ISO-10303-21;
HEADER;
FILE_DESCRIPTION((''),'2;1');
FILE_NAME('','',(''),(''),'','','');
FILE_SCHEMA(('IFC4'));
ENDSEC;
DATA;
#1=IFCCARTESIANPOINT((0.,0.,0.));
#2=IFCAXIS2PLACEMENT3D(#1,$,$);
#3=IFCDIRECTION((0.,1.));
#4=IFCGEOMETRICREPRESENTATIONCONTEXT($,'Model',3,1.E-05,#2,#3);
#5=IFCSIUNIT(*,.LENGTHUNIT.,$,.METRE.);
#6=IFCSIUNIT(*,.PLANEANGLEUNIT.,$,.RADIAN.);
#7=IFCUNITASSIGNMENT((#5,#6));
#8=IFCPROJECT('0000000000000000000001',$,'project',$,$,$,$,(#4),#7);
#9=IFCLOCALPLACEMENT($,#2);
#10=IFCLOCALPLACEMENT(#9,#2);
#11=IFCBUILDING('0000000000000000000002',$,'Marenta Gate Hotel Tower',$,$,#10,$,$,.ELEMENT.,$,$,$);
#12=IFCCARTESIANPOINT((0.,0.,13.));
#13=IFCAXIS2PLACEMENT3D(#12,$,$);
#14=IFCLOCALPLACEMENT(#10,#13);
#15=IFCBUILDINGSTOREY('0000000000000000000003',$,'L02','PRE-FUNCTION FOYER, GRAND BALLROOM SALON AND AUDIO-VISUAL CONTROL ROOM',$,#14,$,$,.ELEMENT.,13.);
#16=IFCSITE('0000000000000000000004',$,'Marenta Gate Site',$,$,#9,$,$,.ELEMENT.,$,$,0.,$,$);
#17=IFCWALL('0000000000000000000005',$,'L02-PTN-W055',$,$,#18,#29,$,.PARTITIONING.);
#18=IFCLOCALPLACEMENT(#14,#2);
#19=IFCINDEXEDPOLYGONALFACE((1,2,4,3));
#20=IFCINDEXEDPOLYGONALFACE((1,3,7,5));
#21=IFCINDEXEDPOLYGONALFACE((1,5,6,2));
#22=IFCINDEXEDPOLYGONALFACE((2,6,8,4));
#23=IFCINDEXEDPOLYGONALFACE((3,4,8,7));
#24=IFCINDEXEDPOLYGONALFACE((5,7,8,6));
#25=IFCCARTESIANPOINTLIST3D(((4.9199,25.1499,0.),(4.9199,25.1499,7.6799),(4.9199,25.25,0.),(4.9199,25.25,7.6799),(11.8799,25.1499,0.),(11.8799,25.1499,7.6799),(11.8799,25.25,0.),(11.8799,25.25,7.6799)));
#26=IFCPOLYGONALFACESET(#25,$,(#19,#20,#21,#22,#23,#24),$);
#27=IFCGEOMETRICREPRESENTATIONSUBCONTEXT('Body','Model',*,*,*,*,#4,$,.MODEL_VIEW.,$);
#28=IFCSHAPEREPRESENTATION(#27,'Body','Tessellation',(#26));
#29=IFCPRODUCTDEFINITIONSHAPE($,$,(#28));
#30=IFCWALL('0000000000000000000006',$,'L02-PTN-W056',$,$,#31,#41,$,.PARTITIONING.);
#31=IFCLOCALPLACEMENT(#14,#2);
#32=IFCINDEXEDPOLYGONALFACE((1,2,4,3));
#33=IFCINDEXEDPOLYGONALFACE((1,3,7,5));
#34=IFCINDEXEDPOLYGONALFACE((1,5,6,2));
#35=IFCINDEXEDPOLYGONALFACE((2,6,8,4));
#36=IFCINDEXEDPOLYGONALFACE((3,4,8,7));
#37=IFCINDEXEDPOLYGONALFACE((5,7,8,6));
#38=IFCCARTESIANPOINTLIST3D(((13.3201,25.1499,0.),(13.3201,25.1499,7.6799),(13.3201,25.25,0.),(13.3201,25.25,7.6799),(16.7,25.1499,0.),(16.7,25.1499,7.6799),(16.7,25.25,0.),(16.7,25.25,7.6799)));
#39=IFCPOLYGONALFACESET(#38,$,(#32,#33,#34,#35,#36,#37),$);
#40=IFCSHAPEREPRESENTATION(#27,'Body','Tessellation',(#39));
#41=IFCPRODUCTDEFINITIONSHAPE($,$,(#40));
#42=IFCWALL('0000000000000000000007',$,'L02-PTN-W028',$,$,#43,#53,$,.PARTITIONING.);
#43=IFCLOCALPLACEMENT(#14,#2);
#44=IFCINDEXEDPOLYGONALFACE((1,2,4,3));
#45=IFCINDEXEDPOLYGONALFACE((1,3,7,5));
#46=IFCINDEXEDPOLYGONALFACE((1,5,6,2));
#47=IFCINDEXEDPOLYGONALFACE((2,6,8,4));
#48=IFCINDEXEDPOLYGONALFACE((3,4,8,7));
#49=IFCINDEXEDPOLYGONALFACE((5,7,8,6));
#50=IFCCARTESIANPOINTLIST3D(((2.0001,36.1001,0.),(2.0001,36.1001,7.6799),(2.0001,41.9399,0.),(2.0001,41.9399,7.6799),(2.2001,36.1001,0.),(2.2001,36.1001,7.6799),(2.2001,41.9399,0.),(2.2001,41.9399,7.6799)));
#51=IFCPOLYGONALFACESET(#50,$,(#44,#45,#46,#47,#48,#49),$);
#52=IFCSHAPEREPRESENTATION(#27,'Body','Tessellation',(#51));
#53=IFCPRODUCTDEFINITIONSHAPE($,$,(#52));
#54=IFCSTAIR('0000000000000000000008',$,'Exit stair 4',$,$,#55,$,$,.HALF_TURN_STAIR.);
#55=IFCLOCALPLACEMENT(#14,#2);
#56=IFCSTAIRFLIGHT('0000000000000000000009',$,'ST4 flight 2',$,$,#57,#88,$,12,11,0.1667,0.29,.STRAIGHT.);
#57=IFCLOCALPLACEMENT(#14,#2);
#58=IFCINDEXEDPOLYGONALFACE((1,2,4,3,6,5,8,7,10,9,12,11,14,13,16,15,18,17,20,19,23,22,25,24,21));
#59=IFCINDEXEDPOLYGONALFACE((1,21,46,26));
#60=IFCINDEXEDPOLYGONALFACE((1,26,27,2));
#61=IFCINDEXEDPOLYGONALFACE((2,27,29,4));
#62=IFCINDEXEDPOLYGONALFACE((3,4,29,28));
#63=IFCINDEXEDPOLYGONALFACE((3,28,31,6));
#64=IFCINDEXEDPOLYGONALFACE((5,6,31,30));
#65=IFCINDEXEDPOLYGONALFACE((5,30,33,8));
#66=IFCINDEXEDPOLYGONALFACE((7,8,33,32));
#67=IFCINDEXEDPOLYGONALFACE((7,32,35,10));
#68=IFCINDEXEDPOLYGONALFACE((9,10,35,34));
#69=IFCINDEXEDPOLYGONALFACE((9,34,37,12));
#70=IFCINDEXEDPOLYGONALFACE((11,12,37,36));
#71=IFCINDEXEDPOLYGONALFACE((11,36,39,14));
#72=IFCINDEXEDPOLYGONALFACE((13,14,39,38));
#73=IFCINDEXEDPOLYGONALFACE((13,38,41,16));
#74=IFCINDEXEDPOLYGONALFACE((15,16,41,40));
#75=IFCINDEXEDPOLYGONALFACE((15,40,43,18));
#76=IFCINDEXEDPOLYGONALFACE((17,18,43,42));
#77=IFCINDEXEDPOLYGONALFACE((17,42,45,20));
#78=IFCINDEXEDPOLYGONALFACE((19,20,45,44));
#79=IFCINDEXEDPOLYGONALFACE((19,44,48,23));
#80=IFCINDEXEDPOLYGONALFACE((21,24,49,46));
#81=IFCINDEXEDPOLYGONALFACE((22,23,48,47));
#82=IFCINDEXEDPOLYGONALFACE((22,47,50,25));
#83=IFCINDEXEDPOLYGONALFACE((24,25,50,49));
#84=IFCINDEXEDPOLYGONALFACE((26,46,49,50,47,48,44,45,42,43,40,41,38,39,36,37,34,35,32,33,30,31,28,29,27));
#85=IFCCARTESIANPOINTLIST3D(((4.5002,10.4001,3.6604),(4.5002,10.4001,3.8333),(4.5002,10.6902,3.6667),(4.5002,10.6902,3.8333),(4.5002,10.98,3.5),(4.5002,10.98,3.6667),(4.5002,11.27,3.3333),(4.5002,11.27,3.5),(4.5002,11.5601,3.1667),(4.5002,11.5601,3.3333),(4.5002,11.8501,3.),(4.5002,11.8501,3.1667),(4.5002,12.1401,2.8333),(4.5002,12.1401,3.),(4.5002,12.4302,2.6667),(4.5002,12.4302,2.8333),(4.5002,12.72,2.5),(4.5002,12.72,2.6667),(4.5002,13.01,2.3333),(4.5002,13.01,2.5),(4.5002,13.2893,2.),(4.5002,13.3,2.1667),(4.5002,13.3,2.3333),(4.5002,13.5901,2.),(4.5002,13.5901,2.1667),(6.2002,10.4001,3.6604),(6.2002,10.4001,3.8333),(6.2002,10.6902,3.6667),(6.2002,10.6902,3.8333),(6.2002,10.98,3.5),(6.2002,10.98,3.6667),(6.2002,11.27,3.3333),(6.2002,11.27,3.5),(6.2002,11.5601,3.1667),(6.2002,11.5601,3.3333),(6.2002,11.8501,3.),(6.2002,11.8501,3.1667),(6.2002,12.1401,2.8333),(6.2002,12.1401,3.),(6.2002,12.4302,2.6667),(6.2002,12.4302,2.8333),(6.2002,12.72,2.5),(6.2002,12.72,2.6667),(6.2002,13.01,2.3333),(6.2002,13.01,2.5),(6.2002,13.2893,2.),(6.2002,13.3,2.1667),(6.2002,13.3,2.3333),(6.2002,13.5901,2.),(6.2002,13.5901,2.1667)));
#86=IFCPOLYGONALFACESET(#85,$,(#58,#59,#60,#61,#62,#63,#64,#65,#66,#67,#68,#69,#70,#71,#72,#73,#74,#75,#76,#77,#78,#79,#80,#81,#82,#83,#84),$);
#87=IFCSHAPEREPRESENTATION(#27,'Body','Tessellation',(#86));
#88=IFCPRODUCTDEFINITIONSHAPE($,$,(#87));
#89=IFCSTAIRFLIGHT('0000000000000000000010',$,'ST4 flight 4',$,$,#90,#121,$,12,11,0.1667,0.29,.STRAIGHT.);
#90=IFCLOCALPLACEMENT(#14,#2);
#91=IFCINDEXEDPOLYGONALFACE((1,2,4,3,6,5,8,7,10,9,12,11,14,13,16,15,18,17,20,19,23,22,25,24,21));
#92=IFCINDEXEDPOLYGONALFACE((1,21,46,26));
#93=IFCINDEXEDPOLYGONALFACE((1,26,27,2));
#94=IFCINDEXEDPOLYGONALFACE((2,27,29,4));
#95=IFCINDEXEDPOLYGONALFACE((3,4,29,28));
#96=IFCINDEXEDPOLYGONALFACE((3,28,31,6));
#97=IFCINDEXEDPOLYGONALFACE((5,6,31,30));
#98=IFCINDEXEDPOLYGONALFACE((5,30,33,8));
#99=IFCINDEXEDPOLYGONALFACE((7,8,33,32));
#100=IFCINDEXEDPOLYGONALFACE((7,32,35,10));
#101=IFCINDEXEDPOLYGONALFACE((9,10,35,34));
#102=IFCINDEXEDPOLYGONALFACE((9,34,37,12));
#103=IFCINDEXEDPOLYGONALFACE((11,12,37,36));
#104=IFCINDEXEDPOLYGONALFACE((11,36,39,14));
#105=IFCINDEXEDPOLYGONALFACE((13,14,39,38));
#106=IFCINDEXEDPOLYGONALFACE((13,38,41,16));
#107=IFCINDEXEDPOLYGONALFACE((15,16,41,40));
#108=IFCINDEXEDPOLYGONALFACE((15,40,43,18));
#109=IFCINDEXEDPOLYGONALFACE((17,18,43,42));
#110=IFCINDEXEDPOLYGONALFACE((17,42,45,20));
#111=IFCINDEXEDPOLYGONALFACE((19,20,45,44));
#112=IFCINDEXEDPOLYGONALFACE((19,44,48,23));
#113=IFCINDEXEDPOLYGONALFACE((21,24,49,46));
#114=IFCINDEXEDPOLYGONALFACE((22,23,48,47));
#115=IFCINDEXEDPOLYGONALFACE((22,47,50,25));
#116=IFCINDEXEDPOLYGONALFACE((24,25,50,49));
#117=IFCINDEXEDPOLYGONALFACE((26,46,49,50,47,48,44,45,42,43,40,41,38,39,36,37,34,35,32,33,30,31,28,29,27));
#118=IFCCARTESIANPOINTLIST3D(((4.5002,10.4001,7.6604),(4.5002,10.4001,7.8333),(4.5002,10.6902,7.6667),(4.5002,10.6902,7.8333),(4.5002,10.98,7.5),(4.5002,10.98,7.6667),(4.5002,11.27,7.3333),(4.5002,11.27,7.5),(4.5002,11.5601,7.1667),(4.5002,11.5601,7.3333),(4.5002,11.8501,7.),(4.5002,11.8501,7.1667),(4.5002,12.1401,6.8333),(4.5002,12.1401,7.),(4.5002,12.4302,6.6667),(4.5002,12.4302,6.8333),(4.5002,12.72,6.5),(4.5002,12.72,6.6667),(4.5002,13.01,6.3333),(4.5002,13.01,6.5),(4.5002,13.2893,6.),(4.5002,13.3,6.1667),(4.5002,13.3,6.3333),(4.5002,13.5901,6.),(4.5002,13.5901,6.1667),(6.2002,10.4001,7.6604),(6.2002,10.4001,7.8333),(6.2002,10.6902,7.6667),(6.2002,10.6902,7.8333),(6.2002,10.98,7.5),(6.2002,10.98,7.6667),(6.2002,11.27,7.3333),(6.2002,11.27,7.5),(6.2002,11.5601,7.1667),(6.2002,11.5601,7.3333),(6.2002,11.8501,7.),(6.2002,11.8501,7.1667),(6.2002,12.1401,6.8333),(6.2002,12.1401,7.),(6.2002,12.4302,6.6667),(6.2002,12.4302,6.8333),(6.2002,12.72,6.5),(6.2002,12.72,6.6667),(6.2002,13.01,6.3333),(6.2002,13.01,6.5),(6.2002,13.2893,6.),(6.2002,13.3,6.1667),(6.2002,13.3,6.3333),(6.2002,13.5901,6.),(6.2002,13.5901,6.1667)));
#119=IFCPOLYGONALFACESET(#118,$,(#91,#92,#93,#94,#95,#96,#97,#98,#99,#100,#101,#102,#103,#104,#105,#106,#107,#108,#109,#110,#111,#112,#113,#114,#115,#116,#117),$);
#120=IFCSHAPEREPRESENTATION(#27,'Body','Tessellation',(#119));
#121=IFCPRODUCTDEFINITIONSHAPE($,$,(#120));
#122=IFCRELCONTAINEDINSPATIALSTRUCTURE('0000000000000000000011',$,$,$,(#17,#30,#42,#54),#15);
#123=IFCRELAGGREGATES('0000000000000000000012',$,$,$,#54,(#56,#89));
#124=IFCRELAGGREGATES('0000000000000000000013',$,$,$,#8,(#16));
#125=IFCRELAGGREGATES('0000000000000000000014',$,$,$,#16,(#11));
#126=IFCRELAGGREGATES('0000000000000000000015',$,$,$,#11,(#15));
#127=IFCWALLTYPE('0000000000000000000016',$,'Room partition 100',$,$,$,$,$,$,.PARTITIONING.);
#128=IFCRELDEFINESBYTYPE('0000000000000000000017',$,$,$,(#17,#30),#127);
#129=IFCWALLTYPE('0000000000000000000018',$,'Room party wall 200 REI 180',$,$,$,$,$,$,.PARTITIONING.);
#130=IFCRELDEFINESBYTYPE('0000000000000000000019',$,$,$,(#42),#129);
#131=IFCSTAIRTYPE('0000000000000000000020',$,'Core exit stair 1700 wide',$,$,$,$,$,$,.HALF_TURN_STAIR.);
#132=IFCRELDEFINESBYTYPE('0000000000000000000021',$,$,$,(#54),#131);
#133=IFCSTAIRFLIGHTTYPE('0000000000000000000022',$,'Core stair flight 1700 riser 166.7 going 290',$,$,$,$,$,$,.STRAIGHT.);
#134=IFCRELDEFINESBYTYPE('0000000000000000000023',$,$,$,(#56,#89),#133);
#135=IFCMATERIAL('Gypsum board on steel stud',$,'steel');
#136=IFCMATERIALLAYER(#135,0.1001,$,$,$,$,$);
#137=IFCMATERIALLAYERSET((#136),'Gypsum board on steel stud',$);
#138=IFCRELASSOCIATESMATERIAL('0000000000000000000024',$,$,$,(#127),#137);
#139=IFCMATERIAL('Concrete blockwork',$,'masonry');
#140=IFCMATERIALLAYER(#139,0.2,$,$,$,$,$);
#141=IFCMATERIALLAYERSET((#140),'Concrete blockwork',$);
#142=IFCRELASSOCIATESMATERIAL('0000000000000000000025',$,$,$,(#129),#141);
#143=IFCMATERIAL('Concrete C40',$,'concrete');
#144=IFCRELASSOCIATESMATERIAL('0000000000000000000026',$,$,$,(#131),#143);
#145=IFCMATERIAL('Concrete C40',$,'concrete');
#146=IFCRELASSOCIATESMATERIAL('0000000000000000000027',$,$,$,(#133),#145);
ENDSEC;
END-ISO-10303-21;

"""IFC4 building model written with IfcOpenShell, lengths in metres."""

from ifc_helpers import new_model, si_unit, direction, frame, frame_2d, origin, place, context, subcontext, project, spatial, polyline, rectangle, outline, extrude, material, layer, layer_set, type_object, element, aggregate, save


model = new_model("IFC4")

# Units and contexts
model_context = context("Model", 3, precision=1e-05, world=origin(), true_north=direction((0.0, 1.0)))
body_context = subcontext(model_context, "Body", "Model", "MODEL_VIEW")
ifc_project = project(units=[si_unit("LENGTHUNIT", "METRE"), si_unit("PLANEANGLEUNIT", "RADIAN")], contexts=[model_context])

# Site, building, storey
site_placement = place(None, origin())
site = spatial("IfcSite", under=ifc_project, at=site_placement, Name="Marenta Gate Site", CompositionType="ELEMENT", RefElevation=0.0)
building_placement = place(site_placement, origin())
building = spatial("IfcBuilding", under=site, at=building_placement, Name="Marenta Gate Hotel Tower", CompositionType="ELEMENT")
storey_placement = place(building_placement, frame((0.0, 0.0, 13.0)))
storey = spatial("IfcBuildingStorey", under=building, at=storey_placement, Name="L02", Description="PRE-FUNCTION FOYER, GRAND BALLROOM SALON AND AUDIO-VISUAL CONTROL ROOM", CompositionType="ELEMENT", Elevation=13.0)

# Walls
ifc_material_1 = material(Name="Gypsum board on steel stud", Category="steel")
ifc_layer_1 = layer(ifc_material_1, 0.1001)
ifc_layer_set_1 = layer_set([ifc_layer_1], Name="Gypsum board on steel stud")
wall_type_1 = type_object("IfcWallType", Name="Room partition 100", PredefinedType="PARTITIONING", material=ifc_layer_set_1)
wall_1_placement = place(storey_placement, frame((4.9199, 25.2, 0.0), z_axis=(0.0, 0.0, 1.0), x_axis=(1.0, 0.0, 0.0)))
element("IfcWall", 1, at=wall_1_placement, inside=storey, type_object=wall_type_1, Name="L02-PTN-W055", PredefinedType="PARTITIONING", context=body_context, shape_type="SweptSolid", body=[
    extrude(rectangle(XDim=6.96, YDim=0.1001, at=frame_2d((3.48, 0.0))), origin(), (0.0, 0.0, 1.0), 7.6799),
])
wall_2_placement = place(storey_placement, frame((13.3201, 25.2, 0.0), z_axis=(0.0, 0.0, 1.0), x_axis=(1.0, 0.0, 0.0)))
element("IfcWall", 2, at=wall_2_placement, inside=storey, type_object=wall_type_1, Name="L02-PTN-W056", PredefinedType="PARTITIONING", context=body_context, shape_type="SweptSolid", body=[
    extrude(rectangle(XDim=3.3799, YDim=0.1001, at=frame_2d((1.6899, 0.0))), origin(), (0.0, 0.0, 1.0), 7.6799),
])
ifc_material_2 = material(Name="Concrete blockwork", Category="masonry")
ifc_layer_2 = layer(ifc_material_2, 0.2)
ifc_layer_set_2 = layer_set([ifc_layer_2], Name="Concrete blockwork")
wall_type_2 = type_object("IfcWallType", Name="Room party wall 200 REI 180", PredefinedType="PARTITIONING", material=ifc_layer_set_2)
wall_3_placement = place(storey_placement, frame((2.1001, 36.1001, 0.0), z_axis=(0.0, 0.0, 1.0), x_axis=(0.0, 1.0, 0.0)))
element("IfcWall", 3, at=wall_3_placement, inside=storey, type_object=wall_type_2, Name="L02-PTN-W028", PredefinedType="PARTITIONING", context=body_context, shape_type="SweptSolid", body=[
    extrude(rectangle(XDim=5.8398, YDim=0.2, at=frame_2d((2.9199, 0.0))), origin(), (0.0, 0.0, 1.0), 7.6799),
])

# Stair, stair flights
ifc_material_3 = material(Name="Concrete C40", Category="concrete")
stair_type = type_object("IfcStairType", Name="Core exit stair 1700 wide", PredefinedType="HALF_TURN_STAIR", material=ifc_material_3)
stair_placement = place(storey_placement, origin())
stair = element("IfcStair", 4, at=stair_placement, inside=storey, type_object=stair_type, Name="Exit stair 4", PredefinedType="HALF_TURN_STAIR")
ifc_material_4 = material(Name="Concrete C40", Category="concrete")
stair_flight_type = type_object("IfcStairFlightType", Name="Core stair flight 1700 riser 166.7 going 290", PredefinedType="STRAIGHT", material=ifc_material_4)
stair_flight_1_placement = place(storey_placement, frame((5.3501, 13.5901, 2.0), z_axis=(0.0, 0.0, 1.0), x_axis=(0.0, -1.0, 0.0)))
stair_flight_1 = element("IfcStairFlight", 5, at=stair_flight_1_placement, type_object=stair_flight_type, Name="ST4 flight 2", NumberOfRisers=12, NumberOfTreads=11, PredefinedType="STRAIGHT", RiserHeight=0.1667, TreadLength=0.29, context=body_context, shape_type="SweptSolid", body=[
    extrude(outline(polyline([(0.0, 0.0), (0.0, 0.1667), (0.29, 0.1667), (0.29, 0.3333), (0.5801, 0.3333), (0.5801, 0.5), (0.8701, 0.5), (0.8701, 0.6667), (1.1599, 0.6667), (1.1599, 0.8333), (1.45, 0.8333), (1.45, 1.0), (1.74, 1.0), (1.74, 1.1667), (2.03, 1.1667), (2.03, 1.3333), (2.3201, 1.3333), (2.3201, 1.5), (2.6101, 1.5), (2.6101, 1.6667), (2.8999, 1.6667), (2.8999, 1.8333), (3.1899, 1.8333), (3.1899, 2.0), (3.1899, 1.6604), (0.3008, 0.0), (0.0, 0.0)])), frame((0.0, 0.8501, 0.0), z_axis=(0.0, -1.0, 0.0), x_axis=(1.0, 0.0, 0.0)), (0.0, 0.0, 1.0), 1.7),
])
stair_flight_2_placement = place(storey_placement, frame((5.3501, 13.5901, 6.0), z_axis=(0.0, 0.0, 1.0), x_axis=(0.0, -1.0, 0.0)))
stair_flight_2 = element("IfcStairFlight", 6, at=stair_flight_2_placement, type_object=stair_flight_type, Name="ST4 flight 4", NumberOfRisers=12, NumberOfTreads=11, PredefinedType="STRAIGHT", RiserHeight=0.1667, TreadLength=0.29, context=body_context, shape_type="SweptSolid", body=[
    extrude(outline(polyline([(0.0, 0.0), (0.0, 0.1667), (0.29, 0.1667), (0.29, 0.3333), (0.5801, 0.3333), (0.5801, 0.5), (0.8701, 0.5), (0.8701, 0.6667), (1.1599, 0.6667), (1.1599, 0.8333), (1.45, 0.8333), (1.45, 1.0), (1.74, 1.0), (1.74, 1.1667), (2.03, 1.1667), (2.03, 1.3333), (2.3201, 1.3333), (2.3201, 1.5), (2.6101, 1.5), (2.6101, 1.6667), (2.8999, 1.6667), (2.8999, 1.8333), (3.1899, 1.8333), (3.1899, 2.0), (3.1899, 1.6604), (0.3008, 0.0), (0.0, 0.0)])), frame((0.0, 0.8501, 0.0), z_axis=(0.0, -1.0, 0.0), x_axis=(1.0, 0.0, 0.0)), (0.0, 0.0, 1.0), 1.7),
])
aggregate(stair, [stair_flight_1, stair_flight_2])

save(model, "model.ifc")
